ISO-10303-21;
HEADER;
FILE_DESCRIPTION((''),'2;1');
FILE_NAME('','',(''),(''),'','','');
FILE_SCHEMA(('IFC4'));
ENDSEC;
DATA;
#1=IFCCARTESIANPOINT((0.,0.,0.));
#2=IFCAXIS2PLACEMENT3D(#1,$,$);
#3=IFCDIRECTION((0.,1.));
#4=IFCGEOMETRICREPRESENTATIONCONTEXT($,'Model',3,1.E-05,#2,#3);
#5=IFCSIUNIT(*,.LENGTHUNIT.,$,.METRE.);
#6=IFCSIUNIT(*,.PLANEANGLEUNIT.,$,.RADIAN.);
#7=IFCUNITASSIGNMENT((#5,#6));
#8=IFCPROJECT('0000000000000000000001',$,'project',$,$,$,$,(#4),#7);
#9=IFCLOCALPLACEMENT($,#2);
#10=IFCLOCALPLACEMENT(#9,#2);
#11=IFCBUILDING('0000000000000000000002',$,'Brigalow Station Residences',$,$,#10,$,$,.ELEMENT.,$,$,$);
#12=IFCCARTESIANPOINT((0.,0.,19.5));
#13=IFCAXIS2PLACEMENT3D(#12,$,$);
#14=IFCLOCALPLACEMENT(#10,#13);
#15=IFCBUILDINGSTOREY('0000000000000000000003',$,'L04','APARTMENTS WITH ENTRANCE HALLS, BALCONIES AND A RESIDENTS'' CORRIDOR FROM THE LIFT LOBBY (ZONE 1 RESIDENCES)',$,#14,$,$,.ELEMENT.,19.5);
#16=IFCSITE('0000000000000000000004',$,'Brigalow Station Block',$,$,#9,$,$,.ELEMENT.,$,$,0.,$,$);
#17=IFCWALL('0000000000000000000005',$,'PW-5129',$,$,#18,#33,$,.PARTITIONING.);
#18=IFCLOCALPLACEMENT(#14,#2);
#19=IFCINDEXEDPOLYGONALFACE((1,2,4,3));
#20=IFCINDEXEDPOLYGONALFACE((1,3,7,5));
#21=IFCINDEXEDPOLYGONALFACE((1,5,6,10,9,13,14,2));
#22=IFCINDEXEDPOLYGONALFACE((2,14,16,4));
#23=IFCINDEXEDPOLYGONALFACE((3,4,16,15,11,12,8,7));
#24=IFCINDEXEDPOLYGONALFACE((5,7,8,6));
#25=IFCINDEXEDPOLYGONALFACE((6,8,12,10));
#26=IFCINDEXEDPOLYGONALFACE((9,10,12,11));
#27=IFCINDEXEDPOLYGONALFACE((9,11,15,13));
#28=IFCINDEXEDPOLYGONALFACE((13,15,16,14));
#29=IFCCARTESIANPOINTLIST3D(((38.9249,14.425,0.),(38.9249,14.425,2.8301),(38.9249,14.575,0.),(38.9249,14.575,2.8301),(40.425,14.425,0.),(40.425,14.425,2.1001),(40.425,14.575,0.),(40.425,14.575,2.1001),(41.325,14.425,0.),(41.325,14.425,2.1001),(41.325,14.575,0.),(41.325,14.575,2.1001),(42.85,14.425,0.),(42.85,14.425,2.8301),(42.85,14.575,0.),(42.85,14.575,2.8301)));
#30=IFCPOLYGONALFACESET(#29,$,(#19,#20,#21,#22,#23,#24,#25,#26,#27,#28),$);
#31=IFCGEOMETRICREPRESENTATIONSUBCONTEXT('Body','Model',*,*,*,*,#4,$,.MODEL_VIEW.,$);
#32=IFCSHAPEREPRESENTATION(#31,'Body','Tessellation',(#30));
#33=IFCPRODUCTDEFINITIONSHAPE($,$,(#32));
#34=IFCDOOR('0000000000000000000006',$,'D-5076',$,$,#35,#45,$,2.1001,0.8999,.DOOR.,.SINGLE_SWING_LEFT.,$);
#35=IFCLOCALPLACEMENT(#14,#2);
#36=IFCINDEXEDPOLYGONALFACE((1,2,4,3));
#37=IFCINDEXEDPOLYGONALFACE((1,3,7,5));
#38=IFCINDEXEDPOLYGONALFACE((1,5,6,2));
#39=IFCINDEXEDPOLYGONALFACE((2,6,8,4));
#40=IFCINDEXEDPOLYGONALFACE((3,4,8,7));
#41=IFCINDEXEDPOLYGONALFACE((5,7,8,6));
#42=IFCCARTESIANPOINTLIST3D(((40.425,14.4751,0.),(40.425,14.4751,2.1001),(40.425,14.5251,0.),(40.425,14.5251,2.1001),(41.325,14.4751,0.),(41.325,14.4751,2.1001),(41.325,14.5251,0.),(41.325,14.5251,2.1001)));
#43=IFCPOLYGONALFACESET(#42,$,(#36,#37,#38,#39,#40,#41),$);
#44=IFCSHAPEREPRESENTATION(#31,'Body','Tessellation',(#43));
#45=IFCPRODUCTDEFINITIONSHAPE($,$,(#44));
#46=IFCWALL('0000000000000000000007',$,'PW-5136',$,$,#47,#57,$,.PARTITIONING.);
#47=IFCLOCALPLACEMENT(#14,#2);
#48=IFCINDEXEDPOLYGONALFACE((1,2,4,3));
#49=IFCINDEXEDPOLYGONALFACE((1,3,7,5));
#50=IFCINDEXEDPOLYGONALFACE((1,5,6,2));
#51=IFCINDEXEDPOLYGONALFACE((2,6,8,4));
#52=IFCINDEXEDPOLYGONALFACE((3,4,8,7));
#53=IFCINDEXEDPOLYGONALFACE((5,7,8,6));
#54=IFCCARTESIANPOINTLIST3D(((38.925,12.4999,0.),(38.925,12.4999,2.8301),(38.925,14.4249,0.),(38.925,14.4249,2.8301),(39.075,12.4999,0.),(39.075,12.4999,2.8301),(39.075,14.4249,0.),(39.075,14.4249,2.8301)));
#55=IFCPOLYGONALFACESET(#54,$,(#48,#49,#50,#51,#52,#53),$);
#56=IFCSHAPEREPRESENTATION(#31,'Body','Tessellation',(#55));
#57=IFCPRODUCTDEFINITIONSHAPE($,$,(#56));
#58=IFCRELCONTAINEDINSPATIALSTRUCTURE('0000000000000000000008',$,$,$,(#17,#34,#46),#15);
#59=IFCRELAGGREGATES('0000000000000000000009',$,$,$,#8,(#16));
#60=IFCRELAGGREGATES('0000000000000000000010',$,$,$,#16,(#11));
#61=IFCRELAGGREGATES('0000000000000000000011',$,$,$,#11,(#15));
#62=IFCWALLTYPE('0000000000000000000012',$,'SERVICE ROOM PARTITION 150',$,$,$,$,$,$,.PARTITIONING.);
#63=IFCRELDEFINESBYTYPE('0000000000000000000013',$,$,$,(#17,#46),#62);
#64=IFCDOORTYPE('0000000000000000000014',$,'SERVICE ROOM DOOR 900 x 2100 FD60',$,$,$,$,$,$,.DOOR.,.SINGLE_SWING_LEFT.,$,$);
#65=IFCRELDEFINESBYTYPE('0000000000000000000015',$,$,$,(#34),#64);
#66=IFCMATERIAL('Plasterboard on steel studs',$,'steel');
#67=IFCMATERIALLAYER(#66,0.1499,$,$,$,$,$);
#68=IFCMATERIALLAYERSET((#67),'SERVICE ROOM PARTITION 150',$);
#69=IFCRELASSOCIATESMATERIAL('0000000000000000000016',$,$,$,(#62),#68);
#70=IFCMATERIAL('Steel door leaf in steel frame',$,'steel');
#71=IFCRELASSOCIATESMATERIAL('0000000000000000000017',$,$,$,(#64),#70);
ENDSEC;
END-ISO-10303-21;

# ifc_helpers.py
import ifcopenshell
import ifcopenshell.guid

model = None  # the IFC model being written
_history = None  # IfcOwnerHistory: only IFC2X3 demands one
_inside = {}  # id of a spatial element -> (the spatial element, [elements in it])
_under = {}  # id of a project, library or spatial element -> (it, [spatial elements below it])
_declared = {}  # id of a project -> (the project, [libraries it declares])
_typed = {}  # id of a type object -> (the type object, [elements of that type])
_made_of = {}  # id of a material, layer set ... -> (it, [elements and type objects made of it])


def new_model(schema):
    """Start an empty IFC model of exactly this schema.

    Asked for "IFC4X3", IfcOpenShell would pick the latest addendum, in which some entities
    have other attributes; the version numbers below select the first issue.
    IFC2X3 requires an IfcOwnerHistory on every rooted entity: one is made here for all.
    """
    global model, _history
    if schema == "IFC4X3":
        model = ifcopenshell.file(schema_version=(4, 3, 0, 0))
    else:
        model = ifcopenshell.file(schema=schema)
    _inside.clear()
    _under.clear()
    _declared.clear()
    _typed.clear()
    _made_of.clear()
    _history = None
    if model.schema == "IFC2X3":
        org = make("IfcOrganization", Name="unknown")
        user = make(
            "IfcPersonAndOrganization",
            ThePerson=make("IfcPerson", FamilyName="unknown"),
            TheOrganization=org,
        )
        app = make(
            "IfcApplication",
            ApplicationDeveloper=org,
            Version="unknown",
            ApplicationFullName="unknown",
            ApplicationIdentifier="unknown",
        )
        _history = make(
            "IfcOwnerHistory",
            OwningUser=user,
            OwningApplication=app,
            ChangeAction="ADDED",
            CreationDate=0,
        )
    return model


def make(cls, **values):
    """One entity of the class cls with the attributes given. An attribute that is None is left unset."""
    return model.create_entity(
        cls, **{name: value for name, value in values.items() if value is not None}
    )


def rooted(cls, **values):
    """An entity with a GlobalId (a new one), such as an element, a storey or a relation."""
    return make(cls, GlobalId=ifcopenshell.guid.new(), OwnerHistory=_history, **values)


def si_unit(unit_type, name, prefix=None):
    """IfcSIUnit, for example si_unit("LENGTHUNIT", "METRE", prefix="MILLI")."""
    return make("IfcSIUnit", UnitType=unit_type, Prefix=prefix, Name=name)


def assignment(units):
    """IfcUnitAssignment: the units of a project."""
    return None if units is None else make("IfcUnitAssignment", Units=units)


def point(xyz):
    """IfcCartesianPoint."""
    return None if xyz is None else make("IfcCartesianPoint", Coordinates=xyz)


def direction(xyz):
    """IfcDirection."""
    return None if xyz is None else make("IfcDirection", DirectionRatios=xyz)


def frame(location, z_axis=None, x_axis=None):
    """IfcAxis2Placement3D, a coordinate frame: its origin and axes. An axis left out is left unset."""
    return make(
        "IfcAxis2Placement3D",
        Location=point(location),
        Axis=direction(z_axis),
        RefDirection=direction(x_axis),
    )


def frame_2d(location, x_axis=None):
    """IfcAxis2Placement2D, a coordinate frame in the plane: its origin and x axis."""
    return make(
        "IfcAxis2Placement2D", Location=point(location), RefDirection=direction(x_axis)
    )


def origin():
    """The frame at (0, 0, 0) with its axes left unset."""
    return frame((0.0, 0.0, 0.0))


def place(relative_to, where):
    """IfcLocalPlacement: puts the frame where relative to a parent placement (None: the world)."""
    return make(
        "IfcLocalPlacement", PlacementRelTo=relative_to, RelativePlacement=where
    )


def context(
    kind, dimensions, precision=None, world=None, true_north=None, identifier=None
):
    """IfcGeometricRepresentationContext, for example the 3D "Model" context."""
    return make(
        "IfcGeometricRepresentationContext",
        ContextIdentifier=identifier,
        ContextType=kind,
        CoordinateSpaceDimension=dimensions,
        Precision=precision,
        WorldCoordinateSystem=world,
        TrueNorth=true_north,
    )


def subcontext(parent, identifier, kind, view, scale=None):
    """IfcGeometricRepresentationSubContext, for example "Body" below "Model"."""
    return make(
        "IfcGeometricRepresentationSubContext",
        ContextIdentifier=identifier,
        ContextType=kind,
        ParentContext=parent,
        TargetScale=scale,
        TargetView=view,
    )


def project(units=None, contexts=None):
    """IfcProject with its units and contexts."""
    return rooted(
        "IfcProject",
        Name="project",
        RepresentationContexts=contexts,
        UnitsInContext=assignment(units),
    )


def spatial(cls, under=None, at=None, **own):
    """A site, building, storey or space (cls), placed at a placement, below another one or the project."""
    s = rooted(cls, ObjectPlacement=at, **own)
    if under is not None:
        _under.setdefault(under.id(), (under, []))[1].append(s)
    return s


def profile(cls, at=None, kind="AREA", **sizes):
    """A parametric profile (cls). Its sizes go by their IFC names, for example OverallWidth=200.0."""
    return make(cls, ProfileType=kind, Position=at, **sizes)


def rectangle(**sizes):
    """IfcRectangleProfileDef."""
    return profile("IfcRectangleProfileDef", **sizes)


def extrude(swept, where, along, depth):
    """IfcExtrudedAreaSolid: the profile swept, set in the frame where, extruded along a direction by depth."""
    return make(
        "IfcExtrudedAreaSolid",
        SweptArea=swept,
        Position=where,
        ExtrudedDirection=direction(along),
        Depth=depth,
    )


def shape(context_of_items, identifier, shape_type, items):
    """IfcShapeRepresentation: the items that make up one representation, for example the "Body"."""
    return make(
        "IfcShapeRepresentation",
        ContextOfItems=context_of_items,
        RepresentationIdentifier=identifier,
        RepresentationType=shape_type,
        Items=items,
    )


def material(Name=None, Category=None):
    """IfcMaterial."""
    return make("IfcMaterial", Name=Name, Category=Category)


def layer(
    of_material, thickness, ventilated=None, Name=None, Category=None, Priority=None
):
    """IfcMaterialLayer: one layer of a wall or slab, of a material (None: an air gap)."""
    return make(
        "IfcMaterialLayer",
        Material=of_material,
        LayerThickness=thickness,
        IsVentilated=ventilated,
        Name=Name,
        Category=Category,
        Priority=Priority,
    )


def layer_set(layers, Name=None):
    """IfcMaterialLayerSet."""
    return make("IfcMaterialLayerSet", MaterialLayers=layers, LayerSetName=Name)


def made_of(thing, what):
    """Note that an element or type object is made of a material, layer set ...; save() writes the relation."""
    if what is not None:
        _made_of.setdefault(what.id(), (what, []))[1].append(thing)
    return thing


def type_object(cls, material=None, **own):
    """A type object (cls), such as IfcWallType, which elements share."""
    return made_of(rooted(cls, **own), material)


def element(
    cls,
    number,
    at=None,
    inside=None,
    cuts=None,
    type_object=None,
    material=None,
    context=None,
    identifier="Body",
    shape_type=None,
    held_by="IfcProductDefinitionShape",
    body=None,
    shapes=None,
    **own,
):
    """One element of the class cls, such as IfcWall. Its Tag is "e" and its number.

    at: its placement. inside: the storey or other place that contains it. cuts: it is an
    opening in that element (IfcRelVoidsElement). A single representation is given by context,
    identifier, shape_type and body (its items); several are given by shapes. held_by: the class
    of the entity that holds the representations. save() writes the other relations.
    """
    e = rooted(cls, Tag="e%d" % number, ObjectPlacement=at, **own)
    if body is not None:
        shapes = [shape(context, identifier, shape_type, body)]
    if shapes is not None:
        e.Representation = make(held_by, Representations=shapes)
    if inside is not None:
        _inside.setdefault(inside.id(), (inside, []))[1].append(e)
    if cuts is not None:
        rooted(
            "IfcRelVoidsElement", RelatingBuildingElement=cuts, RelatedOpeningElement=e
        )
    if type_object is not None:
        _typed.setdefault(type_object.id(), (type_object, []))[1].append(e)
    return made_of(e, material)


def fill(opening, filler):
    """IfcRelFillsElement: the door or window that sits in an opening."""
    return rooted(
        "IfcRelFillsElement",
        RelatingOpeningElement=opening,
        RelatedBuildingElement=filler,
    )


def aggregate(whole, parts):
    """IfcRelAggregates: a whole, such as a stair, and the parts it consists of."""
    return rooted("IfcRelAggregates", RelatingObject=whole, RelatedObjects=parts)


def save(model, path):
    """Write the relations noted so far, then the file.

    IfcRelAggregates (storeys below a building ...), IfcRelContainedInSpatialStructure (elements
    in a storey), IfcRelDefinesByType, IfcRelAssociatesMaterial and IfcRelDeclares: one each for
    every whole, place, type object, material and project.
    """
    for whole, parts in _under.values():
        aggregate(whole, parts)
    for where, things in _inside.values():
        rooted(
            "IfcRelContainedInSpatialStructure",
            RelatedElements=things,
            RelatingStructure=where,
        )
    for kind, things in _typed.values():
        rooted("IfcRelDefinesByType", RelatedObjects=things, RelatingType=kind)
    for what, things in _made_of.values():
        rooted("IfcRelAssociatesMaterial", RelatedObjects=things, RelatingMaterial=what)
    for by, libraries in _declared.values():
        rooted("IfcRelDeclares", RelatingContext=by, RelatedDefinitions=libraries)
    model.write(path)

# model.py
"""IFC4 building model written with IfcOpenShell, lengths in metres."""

from ifc_helpers import new_model, si_unit, direction, frame, frame_2d, origin, place, context, subcontext, project, spatial, rectangle, extrude, material, layer, layer_set, type_object, element, fill, save


model = new_model("IFC4")

# Units and contexts
model_context = context("Model", 3, precision=1e-05, world=origin(), true_north=direction((0.0, 1.0)))
body_context = subcontext(model_context, "Body", "Model", "MODEL_VIEW")
ifc_project = project(units=[si_unit("LENGTHUNIT", "METRE"), si_unit("PLANEANGLEUNIT", "RADIAN")], contexts=[model_context])

# Site, building, storey
site_placement = place(None, origin())
site = spatial("IfcSite", under=ifc_project, at=site_placement, Name="Brigalow Station Block", CompositionType="ELEMENT", RefElevation=0.0)
building_placement = place(site_placement, origin())
building = spatial("IfcBuilding", under=site, at=building_placement, Name="Brigalow Station Residences", CompositionType="ELEMENT")
storey_placement = place(building_placement, frame((0.0, 0.0, 19.5)))
storey = spatial("IfcBuildingStorey", under=building, at=storey_placement, Name="L04", Description="APARTMENTS WITH ENTRANCE HALLS, BALCONIES AND A RESIDENTS' CORRIDOR FROM THE LIFT LOBBY (ZONE 1 RESIDENCES)", CompositionType="ELEMENT", Elevation=19.5)

# Wall, opening, door
ifc_material_1 = material(Name="Plasterboard on steel studs", Category="steel")
ifc_layer_1 = layer(ifc_material_1, 0.1499)
ifc_layer_set_1 = layer_set([ifc_layer_1], Name="SERVICE ROOM PARTITION 150")
wall_type_1 = type_object("IfcWallType", Name="SERVICE ROOM PARTITION 150", PredefinedType="PARTITIONING", material=ifc_layer_set_1)
wall_1_placement = place(storey_placement, frame((38.925, 14.5, 0.0), z_axis=(0.0, 0.0, 1.0), x_axis=(1.0, 0.0, 0.0)))
wall_1 = element("IfcWall", 1, at=wall_1_placement, inside=storey, type_object=wall_type_1, Name="PW-5129", PredefinedType="PARTITIONING", context=body_context, shape_type="SweptSolid", body=[
    extrude(rectangle(XDim=3.925, YDim=0.1499, at=frame_2d((1.9624, 0.0))), origin(), (0.0, 0.0, 1.0), 2.8301),
])
opening_1_placement = place(wall_1_placement, frame((1.5, 0.0, 0.0)))
opening_1 = element("IfcOpeningElement", 2, at=opening_1_placement, cuts=wall_1, PredefinedType="OPENING", context=body_context, shape_type="SweptSolid", body=[
    extrude(rectangle(XDim=0.8999, YDim=2.1001, at=frame_2d((0.45, 1.05))), frame((0.0, 0.085, 0.0), z_axis=(0.0, -1.0, 0.0), x_axis=(1.0, 0.0, 0.0)), (0.0, 0.0, 1.0), 0.1699),
])
ifc_material_2 = material(Name="Steel door leaf in steel frame", Category="steel")
door_type_1 = type_object("IfcDoorType", Name="SERVICE ROOM DOOR 900 x 2100 FD60", OperationType="SINGLE_SWING_LEFT", PredefinedType="DOOR", material=ifc_material_2)
door_1_placement = place(opening_1_placement, frame((0.8999, 0.0, 0.0), z_axis=(0.0, 0.0, 1.0), x_axis=(-1.0, 0.0, 0.0)))
door_1 = element("IfcDoor", 3, at=door_1_placement, inside=storey, type_object=door_type_1, Name="D-5076", OperationType="SINGLE_SWING_LEFT", OverallHeight=2.1001, OverallWidth=0.8999, PredefinedType="DOOR", context=body_context, shape_type="SweptSolid", body=[
    extrude(rectangle(XDim=0.8999, YDim=2.1001, at=frame_2d((0.45, 1.05))), frame((0.0, 0.0249, 0.0), z_axis=(0.0, -1.0, 0.0), x_axis=(1.0, 0.0, 0.0)), (0.0, 0.0, 1.0), 0.05),
])
fill(opening_1, door_1)

# Wall
wall_2_placement = place(storey_placement, frame((39.0, 12.5, 0.0), z_axis=(0.0, 0.0, 1.0), x_axis=(0.0, 1.0, 0.0)))
element("IfcWall", 4, at=wall_2_placement, inside=storey, type_object=wall_type_1, Name="PW-5136", PredefinedType="PARTITIONING", context=body_context, shape_type="SweptSolid", body=[
    extrude(rectangle(XDim=1.925, YDim=0.1499, at=frame_2d((0.9624, 0.0))), origin(), (0.0, 0.0, 1.0), 2.8301),
])

save(model, "model.ifc")
